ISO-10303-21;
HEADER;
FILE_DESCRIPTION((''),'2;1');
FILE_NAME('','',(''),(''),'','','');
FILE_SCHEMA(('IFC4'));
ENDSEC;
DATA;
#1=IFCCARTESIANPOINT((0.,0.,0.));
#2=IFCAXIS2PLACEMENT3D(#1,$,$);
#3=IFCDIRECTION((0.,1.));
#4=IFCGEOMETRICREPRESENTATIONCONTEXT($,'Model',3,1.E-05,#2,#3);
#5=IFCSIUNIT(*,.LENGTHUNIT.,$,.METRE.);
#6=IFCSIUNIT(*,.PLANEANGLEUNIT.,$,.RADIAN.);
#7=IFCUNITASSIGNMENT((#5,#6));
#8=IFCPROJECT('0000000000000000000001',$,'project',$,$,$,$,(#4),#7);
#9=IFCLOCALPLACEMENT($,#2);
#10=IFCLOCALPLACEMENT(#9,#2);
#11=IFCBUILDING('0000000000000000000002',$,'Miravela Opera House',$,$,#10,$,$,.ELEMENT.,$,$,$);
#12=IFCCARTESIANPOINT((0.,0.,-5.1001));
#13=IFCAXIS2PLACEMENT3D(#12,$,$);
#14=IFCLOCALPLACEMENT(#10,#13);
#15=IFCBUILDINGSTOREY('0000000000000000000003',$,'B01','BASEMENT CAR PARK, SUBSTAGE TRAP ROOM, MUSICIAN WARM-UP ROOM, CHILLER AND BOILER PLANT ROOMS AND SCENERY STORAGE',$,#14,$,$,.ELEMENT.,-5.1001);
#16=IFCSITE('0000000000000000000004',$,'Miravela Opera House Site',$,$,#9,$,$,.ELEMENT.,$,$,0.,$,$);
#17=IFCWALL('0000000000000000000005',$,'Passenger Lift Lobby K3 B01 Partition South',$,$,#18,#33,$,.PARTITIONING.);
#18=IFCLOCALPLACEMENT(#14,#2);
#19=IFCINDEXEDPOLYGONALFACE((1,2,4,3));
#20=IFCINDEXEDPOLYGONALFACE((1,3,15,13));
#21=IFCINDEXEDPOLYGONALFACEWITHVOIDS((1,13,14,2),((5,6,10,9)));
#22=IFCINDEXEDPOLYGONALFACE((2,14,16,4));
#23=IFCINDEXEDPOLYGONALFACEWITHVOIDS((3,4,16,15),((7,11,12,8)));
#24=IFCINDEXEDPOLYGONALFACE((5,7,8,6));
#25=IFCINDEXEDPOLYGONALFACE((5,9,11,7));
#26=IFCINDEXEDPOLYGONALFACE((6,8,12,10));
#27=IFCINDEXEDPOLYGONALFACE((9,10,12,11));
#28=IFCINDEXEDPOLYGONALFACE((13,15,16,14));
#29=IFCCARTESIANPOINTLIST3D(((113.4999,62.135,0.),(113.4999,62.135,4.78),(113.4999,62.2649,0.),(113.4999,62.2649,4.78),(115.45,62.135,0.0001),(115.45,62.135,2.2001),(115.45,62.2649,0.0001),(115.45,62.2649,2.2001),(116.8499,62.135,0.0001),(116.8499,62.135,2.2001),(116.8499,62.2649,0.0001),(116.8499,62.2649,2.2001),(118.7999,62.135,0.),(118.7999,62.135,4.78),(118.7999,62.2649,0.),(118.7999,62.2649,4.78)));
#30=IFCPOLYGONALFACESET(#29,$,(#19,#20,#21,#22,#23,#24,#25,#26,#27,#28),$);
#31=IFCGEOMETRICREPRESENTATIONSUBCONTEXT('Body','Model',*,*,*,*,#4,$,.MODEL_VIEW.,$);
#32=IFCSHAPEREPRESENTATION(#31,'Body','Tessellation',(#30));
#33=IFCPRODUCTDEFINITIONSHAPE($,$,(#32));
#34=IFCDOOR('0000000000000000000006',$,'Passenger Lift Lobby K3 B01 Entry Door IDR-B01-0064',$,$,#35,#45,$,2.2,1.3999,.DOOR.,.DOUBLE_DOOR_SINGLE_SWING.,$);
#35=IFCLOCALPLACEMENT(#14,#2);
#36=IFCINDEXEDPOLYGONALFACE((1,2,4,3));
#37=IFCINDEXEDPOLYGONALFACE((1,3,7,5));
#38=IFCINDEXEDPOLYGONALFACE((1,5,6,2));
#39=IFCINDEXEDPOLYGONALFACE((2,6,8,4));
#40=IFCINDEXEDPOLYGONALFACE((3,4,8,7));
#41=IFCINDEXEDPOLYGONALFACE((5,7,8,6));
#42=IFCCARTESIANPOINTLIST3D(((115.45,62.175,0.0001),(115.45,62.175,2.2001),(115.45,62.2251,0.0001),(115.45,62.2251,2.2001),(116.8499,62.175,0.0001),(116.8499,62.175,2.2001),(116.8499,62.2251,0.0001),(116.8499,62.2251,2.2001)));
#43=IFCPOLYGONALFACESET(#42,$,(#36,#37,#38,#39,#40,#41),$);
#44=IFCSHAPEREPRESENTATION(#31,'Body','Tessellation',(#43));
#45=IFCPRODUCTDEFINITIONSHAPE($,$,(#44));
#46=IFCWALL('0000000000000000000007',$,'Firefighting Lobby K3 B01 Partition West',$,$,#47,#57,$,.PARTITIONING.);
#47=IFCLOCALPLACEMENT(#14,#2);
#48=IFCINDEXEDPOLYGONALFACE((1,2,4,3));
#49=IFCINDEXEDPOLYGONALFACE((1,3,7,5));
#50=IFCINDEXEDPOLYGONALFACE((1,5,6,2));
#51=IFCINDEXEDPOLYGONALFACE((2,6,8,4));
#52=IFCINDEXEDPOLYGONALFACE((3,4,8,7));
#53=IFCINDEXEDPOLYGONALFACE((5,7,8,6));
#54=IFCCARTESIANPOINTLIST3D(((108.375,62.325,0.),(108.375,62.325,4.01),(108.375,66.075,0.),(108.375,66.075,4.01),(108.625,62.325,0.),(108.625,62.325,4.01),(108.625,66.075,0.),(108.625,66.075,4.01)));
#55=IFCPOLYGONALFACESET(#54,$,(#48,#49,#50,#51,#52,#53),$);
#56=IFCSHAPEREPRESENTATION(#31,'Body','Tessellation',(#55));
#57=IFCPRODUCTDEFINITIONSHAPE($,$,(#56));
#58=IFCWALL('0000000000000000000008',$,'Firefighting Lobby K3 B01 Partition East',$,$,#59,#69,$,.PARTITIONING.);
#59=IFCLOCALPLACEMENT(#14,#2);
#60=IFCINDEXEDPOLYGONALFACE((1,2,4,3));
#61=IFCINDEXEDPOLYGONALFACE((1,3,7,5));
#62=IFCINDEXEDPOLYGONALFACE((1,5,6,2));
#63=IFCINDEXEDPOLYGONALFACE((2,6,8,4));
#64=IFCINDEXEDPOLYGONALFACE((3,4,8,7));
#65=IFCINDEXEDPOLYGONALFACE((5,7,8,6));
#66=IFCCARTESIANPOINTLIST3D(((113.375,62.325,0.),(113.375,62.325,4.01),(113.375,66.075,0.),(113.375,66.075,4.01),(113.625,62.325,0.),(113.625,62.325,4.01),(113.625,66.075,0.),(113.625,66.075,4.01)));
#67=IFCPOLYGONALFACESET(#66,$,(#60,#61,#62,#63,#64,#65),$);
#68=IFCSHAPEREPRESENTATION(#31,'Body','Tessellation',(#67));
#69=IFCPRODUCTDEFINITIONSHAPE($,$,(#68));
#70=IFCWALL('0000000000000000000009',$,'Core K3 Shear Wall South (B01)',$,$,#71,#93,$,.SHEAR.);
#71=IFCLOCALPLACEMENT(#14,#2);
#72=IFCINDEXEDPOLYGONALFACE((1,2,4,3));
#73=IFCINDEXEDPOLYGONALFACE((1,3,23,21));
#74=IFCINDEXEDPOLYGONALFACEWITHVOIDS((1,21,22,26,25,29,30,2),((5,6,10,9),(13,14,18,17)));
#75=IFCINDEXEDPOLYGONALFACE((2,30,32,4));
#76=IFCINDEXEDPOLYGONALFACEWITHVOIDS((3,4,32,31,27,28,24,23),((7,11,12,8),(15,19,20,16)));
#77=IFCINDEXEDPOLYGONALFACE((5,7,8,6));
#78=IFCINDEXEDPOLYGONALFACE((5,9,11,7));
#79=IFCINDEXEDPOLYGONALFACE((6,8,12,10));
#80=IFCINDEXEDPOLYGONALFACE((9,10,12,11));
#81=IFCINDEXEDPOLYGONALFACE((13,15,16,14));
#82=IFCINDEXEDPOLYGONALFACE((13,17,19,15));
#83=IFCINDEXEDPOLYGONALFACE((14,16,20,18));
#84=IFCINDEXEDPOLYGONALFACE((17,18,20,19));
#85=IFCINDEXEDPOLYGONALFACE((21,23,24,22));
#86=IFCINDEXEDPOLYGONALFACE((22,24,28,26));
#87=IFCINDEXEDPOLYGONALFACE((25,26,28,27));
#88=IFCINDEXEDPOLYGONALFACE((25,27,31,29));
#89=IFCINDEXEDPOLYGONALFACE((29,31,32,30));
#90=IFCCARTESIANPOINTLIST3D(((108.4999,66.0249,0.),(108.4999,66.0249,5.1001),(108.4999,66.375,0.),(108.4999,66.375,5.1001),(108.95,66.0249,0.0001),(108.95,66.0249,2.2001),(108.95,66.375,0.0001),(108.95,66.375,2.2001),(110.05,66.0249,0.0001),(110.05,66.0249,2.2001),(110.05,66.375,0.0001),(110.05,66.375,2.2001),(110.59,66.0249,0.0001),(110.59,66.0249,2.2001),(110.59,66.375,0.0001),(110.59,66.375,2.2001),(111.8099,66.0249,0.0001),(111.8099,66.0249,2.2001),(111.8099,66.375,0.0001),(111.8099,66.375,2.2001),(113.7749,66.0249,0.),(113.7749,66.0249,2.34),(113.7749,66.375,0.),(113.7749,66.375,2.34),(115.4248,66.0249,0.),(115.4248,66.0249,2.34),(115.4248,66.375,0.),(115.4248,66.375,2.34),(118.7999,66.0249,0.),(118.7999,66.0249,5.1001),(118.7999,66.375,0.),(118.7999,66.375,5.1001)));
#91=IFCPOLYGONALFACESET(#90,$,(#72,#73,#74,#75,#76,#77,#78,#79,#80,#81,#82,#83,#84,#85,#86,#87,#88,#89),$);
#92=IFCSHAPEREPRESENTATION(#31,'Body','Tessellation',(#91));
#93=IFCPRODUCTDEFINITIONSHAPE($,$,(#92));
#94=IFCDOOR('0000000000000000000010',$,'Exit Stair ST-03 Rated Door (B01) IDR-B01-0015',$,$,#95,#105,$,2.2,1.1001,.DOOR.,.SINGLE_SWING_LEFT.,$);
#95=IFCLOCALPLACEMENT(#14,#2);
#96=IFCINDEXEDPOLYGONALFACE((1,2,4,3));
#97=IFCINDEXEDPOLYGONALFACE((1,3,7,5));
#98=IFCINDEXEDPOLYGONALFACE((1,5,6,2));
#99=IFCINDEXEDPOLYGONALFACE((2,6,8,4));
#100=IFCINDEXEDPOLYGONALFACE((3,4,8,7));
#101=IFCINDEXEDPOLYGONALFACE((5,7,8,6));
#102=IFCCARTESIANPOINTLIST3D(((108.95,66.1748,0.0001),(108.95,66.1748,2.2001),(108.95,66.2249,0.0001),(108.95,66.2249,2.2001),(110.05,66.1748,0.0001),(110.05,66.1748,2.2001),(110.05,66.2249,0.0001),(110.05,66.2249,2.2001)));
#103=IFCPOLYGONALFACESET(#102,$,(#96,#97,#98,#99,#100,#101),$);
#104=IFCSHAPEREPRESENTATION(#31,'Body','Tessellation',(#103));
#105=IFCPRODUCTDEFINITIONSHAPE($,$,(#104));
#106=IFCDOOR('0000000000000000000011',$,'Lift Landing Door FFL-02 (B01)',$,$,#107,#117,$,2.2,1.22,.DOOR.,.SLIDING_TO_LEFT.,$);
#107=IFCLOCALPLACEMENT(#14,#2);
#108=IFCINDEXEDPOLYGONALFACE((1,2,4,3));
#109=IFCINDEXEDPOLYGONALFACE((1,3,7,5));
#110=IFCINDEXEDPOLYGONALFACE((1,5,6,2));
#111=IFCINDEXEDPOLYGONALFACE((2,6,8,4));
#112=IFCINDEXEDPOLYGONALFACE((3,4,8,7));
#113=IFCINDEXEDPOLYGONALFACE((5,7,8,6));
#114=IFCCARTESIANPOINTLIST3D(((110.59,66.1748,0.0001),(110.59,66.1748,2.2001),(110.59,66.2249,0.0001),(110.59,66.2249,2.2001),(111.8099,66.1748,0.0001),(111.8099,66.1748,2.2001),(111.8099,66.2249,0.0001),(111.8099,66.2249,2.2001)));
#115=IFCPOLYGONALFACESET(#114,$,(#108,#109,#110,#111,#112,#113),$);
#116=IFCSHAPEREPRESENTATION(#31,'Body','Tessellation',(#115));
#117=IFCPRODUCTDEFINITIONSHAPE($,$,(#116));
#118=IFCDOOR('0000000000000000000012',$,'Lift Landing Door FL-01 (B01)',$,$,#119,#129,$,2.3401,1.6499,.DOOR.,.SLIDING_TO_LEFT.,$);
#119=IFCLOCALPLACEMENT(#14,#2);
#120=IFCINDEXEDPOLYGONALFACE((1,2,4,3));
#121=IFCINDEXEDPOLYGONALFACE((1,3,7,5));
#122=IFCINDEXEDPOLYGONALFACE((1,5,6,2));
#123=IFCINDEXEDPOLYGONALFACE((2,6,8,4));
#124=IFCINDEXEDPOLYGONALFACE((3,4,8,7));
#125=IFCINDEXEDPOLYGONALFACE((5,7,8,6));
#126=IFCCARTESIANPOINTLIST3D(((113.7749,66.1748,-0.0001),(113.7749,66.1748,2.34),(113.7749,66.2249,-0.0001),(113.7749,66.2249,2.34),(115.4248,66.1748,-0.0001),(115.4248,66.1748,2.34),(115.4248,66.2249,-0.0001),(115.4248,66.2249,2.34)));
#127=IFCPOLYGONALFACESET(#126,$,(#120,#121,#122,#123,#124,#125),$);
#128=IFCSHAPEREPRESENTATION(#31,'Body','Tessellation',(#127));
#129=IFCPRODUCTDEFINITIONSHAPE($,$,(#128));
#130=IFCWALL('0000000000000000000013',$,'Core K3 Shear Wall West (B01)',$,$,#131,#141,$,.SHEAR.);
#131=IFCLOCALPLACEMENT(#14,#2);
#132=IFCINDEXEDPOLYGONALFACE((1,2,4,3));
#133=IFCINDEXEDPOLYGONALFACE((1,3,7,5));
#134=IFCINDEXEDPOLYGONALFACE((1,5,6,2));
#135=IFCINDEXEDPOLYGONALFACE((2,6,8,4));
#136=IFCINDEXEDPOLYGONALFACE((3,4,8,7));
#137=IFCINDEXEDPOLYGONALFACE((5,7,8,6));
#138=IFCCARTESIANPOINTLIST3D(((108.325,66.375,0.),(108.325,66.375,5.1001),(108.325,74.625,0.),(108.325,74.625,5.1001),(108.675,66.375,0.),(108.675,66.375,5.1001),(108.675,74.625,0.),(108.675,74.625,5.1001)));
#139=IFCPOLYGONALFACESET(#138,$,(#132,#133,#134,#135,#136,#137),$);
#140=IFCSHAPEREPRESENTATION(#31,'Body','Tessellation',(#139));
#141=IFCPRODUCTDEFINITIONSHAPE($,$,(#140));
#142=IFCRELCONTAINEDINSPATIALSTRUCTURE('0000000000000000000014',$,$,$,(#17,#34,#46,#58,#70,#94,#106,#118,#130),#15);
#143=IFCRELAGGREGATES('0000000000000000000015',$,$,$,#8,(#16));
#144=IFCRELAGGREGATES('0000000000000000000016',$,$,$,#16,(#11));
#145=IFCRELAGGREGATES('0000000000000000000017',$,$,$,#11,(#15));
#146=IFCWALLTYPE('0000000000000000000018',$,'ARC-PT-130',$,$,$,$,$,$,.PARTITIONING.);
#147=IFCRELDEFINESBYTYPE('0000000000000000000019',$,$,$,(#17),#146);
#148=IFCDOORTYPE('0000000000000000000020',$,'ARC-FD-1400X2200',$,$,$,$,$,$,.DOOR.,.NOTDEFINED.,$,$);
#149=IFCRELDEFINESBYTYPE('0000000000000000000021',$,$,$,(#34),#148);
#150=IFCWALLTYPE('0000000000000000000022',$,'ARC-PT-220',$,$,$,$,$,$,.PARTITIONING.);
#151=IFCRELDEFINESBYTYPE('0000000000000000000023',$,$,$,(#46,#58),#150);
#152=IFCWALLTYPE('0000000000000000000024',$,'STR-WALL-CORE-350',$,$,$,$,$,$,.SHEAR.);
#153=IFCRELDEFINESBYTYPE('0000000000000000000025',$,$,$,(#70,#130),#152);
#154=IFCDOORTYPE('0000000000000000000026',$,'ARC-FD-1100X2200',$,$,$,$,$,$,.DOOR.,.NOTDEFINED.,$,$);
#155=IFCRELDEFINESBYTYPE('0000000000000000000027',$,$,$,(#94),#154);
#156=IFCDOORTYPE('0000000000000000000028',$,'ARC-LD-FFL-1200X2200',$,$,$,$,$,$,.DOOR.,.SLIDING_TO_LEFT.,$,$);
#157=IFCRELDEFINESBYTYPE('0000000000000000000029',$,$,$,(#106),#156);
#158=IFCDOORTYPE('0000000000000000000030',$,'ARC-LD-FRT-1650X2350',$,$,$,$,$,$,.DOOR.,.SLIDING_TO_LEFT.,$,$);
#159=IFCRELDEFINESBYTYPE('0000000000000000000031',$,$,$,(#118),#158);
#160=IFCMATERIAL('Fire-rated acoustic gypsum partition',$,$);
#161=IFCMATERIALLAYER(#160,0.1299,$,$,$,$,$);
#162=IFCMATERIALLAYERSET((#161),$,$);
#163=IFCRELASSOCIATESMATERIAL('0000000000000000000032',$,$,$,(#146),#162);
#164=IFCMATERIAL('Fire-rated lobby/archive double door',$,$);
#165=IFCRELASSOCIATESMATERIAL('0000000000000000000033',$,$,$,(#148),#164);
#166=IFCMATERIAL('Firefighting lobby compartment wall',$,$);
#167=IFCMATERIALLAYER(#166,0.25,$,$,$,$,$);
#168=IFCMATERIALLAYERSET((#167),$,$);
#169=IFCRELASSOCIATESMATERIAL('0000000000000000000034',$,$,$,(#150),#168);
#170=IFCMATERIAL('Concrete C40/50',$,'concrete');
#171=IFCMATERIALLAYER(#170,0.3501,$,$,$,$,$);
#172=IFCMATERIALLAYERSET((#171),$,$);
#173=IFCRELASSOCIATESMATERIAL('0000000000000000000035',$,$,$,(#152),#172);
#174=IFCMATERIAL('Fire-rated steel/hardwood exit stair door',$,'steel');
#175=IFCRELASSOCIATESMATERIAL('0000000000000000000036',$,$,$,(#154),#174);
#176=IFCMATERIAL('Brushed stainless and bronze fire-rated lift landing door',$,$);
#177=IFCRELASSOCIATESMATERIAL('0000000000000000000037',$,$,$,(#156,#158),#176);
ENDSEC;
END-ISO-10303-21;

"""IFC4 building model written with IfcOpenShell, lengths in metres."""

from ifc_helpers import new_model, si_unit, direction, frame, frame_2d, origin, place, context, subcontext, project, spatial, rectangle, extrude, material, layer, layer_set, type_object, element, fill, save


model = new_model("IFC4")

# Units and contexts
model_context = context("Model", 3, precision=1e-05, world=origin(), true_north=direction((0.0, 1.0)))
body_context = subcontext(model_context, "Body", "Model", "MODEL_VIEW")
ifc_project = project(units=[si_unit("LENGTHUNIT", "METRE"), si_unit("PLANEANGLEUNIT", "RADIAN")], contexts=[model_context])

# Site, building, storey
site_placement = place(None, origin())
site = spatial("IfcSite", under=ifc_project, at=site_placement, Name="Miravela Opera House Site", CompositionType="ELEMENT", RefElevation=0.0)
building_placement = place(site_placement, origin())
building = spatial("IfcBuilding", under=site, at=building_placement, Name="Miravela Opera House", CompositionType="ELEMENT")
storey_placement = place(building_placement, frame((0.0, 0.0, -5.1001)))
storey = spatial("IfcBuildingStorey", under=building, at=storey_placement, Name="B01", Description="BASEMENT CAR PARK, SUBSTAGE TRAP ROOM, MUSICIAN WARM-UP ROOM, CHILLER AND BOILER PLANT ROOMS AND SCENERY STORAGE", CompositionType="ELEMENT", Elevation=-5.1001)

# Shared definitions
ifc_material_1 = material(Name="Concrete C40/50", Category="concrete")

# Wall, opening, door
ifc_material_2 = material(Name="Fire-rated acoustic gypsum partition")
ifc_layer_1 = layer(ifc_material_2, 0.1299)
ifc_layer_set_1 = layer_set([ifc_layer_1])
wall_type_1 = type_object("IfcWallType", Name="ARC-PT-130", PredefinedType="PARTITIONING", material=ifc_layer_set_1)
wall_1_placement = place(storey_placement, frame((113.5, 62.2, 0.0), z_axis=(0.0, 0.0, 1.0), x_axis=(1.0, 0.0, 0.0)))
wall_1 = element("IfcWall", 1, at=wall_1_placement, inside=storey, type_object=wall_type_1, Name="Passenger Lift Lobby K3 B01 Partition South", PredefinedType="PARTITIONING", context=body_context, shape_type="SweptSolid", body=[
    extrude(rectangle(XDim=5.3, YDim=0.1299, at=frame_2d((2.6499, 0.0))), origin(), (0.0, 0.0, 1.0), 4.78),
])
opening_1_placement = place(wall_1_placement, frame((1.95, 0.0, 0.0)))
opening_1 = element("IfcOpeningElement", 2, at=opening_1_placement, cuts=wall_1, PredefinedType="OPENING", context=body_context, shape_type="SweptSolid", body=[
    extrude(rectangle(XDim=1.3999, YDim=2.2, at=frame_2d((0.7, 1.1001))), frame((0.0, 0.075, 0.0), z_axis=(0.0, -1.0, 0.0), x_axis=(1.0, 0.0, 0.0)), (0.0, 0.0, 1.0), 0.1499),
])
ifc_material_3 = material(Name="Fire-rated lobby/archive double door")
door_type_1 = type_object("IfcDoorType", Name="ARC-FD-1400X2200", OperationType="NOTDEFINED", PredefinedType="DOOR", material=ifc_material_3)
door_1_placement = place(opening_1_placement, frame((1.3999, 0.0, 0.0), z_axis=(0.0, 0.0, 1.0), x_axis=(-1.0, 0.0, 0.0)))
door_1 = element("IfcDoor", 3, at=door_1_placement, inside=storey, type_object=door_type_1, Name="Passenger Lift Lobby K3 B01 Entry Door IDR-B01-0064", OperationType="DOUBLE_DOOR_SINGLE_SWING", OverallHeight=2.2, OverallWidth=1.3999, PredefinedType="DOOR", context=body_context, shape_type="SweptSolid", body=[
    extrude(rectangle(XDim=1.3999, YDim=2.2, at=frame_2d((0.7, 1.1001))), frame((0.0, 0.0249, 0.0), z_axis=(0.0, -1.0, 0.0), x_axis=(1.0, 0.0, 0.0)), (0.0, 0.0, 1.0), 0.05),
])
fill(opening_1, door_1)

# Walls
ifc_material_4 = material(Name="Firefighting lobby compartment wall")
ifc_layer_2 = layer(ifc_material_4, 0.25)
ifc_layer_set_2 = layer_set([ifc_layer_2])
wall_type_2 = type_object("IfcWallType", Name="ARC-PT-220", PredefinedType="PARTITIONING", material=ifc_layer_set_2)
for number, where, z_axis, x_axis, name in (
    (4, (108.5, 62.325, 0.0), (0.0, 0.0, 1.0), (0.0, 1.0, 0.0), "Firefighting Lobby K3 B01 Partition West"),
    (5, (113.5, 62.325, 0.0), (0.0, 0.0, 1.0), (0.0, 1.0, 0.0), "Firefighting Lobby K3 B01 Partition East"),
):
    element("IfcWall", number, at=place(storey_placement, frame(where, z_axis=z_axis, x_axis=x_axis)), inside=storey, type_object=wall_type_2, Name=name, PredefinedType="PARTITIONING", context=body_context, shape_type="SweptSolid", body=[
        extrude(rectangle(XDim=3.75, YDim=0.25, at=frame_2d((1.875, 0.0))), origin(), (0.0, 0.0, 1.0), 4.01),
    ])

# Wall, openings, doors
ifc_layer_3 = layer(ifc_material_1, 0.3501)
ifc_layer_set_3 = layer_set([ifc_layer_3])
wall_type_3 = type_object("IfcWallType", Name="STR-WALL-CORE-350", PredefinedType="SHEAR", material=ifc_layer_set_3)
wall_2_placement = place(storey_placement, frame((108.5, 66.2, 0.0), z_axis=(0.0, 0.0, 1.0), x_axis=(1.0, 0.0, 0.0)))
wall_2 = element("IfcWall", 6, at=wall_2_placement, inside=storey, type_object=wall_type_3, Name="Core K3 Shear Wall South (B01)", PredefinedType="SHEAR", context=body_context, shape_type="SweptSolid", body=[
    extrude(rectangle(XDim=10.3, YDim=0.3501, at=frame_2d((5.1499, 0.0))), origin(), (0.0, 0.0, 1.0), 5.1001),
])
opening_2_placement = place(wall_2_placement, frame((0.45, 0.0, 0.0)))
opening_2 = element("IfcOpeningElement", 7, at=opening_2_placement, cuts=wall_2, PredefinedType="OPENING", context=body_context, shape_type="SweptSolid", body=[
    extrude(rectangle(XDim=1.1001, YDim=2.2, at=frame_2d((0.55, 1.1001))), frame((0.0, 0.1851, 0.0), z_axis=(0.0, -1.0, 0.0), x_axis=(1.0, 0.0, 0.0)), (0.0, 0.0, 1.0), 0.3701),
])
opening_3_placement = place(wall_2_placement, frame((2.0901, 0.0, 0.0)))
opening_3 = element("IfcOpeningElement", 8, at=opening_3_placement, cuts=wall_2, PredefinedType="OPENING", context=body_context, shape_type="SweptSolid", body=[
    extrude(rectangle(XDim=1.22, YDim=2.2, at=frame_2d((0.6099, 1.1001))), frame((0.0, 0.1851, 0.0), z_axis=(0.0, -1.0, 0.0), x_axis=(1.0, 0.0, 0.0)), (0.0, 0.0, 1.0), 0.3701),
])
opening_4_placement = place(wall_2_placement, frame((5.2749, 0.0, 0.0)))
opening_4 = element("IfcOpeningElement", 9, at=opening_4_placement, cuts=wall_2, PredefinedType="OPENING", context=body_context, shape_type="SweptSolid", body=[
    extrude(rectangle(XDim=1.6499, YDim=2.3401, at=frame_2d((0.825, 1.1699))), frame((0.0, 0.1851, 0.0), z_axis=(0.0, -1.0, 0.0), x_axis=(1.0, 0.0, 0.0)), (0.0, 0.0, 1.0), 0.3701),
])
ifc_material_5 = material(Name="Fire-rated steel/hardwood exit stair door", Category="steel")
door_type_2 = type_object("IfcDoorType", Name="ARC-FD-1100X2200", OperationType="NOTDEFINED", PredefinedType="DOOR", material=ifc_material_5)
door_2_placement = place(opening_2_placement, origin())
door_2 = element("IfcDoor", 10, at=door_2_placement, inside=storey, type_object=door_type_2, Name="Exit Stair ST-03 Rated Door (B01) IDR-B01-0015", OperationType="SINGLE_SWING_LEFT", OverallHeight=2.2, OverallWidth=1.1001, PredefinedType="DOOR", context=body_context, shape_type="SweptSolid", body=[
    extrude(rectangle(XDim=1.1001, YDim=2.2, at=frame_2d((0.55, 1.1001))), frame((0.0, 0.0249, 0.0), z_axis=(0.0, -1.0, 0.0), x_axis=(1.0, 0.0, 0.0)), (0.0, 0.0, 1.0), 0.05),
])
fill(opening_2, door_2)
ifc_material_6 = material(Name="Brushed stainless and bronze fire-rated lift landing door")
door_type_3 = type_object("IfcDoorType", Name="ARC-LD-FFL-1200X2200", OperationType="SLIDING_TO_LEFT", PredefinedType="DOOR", material=ifc_material_6)
door_3_placement = place(opening_3_placement, origin())
door_3 = element("IfcDoor", 11, at=door_3_placement, inside=storey, type_object=door_type_3, Name="Lift Landing Door FFL-02 (B01)", OperationType="SLIDING_TO_LEFT", OverallHeight=2.2, OverallWidth=1.22, PredefinedType="DOOR", context=body_context, shape_type="SweptSolid", body=[
    extrude(rectangle(XDim=1.22, YDim=2.2, at=frame_2d((0.6099, 1.1001))), frame((0.0, 0.0249, 0.0), z_axis=(0.0, -1.0, 0.0), x_axis=(1.0, 0.0, 0.0)), (0.0, 0.0, 1.0), 0.05),
])
fill(opening_3, door_3)
door_type_4 = type_object("IfcDoorType", Name="ARC-LD-FRT-1650X2350", OperationType="SLIDING_TO_LEFT", PredefinedType="DOOR", material=ifc_material_6)
door_4_placement = place(opening_4_placement, origin())
door_4 = element("IfcDoor", 12, at=door_4_placement, inside=storey, type_object=door_type_4, Name="Lift Landing Door FL-01 (B01)", OperationType="SLIDING_TO_LEFT", OverallHeight=2.3401, OverallWidth=1.6499, PredefinedType="DOOR", context=body_context, shape_type="SweptSolid", body=[
    extrude(rectangle(XDim=1.6499, YDim=2.3401, at=frame_2d((0.825, 1.1699))), frame((0.0, 0.0249, 0.0), z_axis=(0.0, -1.0, 0.0), x_axis=(1.0, 0.0, 0.0)), (0.0, 0.0, 1.0), 0.05),
])
fill(opening_4, door_4)

# Wall
wall_3_placement = place(storey_placement, frame((108.5, 66.375, 0.0), z_axis=(0.0, 0.0, 1.0), x_axis=(0.0, 1.0, 0.0)))
element("IfcWall", 13, at=wall_3_placement, inside=storey, type_object=wall_type_3, Name="Core K3 Shear Wall West (B01)", PredefinedType="SHEAR", context=body_context, shape_type="SweptSolid", body=[
    extrude(rectangle(XDim=8.25, YDim=0.3501, at=frame_2d((4.125, 0.0))), origin(), (0.0, 0.0, 1.0), 5.1001),
])

save(model, "model.ifc")
